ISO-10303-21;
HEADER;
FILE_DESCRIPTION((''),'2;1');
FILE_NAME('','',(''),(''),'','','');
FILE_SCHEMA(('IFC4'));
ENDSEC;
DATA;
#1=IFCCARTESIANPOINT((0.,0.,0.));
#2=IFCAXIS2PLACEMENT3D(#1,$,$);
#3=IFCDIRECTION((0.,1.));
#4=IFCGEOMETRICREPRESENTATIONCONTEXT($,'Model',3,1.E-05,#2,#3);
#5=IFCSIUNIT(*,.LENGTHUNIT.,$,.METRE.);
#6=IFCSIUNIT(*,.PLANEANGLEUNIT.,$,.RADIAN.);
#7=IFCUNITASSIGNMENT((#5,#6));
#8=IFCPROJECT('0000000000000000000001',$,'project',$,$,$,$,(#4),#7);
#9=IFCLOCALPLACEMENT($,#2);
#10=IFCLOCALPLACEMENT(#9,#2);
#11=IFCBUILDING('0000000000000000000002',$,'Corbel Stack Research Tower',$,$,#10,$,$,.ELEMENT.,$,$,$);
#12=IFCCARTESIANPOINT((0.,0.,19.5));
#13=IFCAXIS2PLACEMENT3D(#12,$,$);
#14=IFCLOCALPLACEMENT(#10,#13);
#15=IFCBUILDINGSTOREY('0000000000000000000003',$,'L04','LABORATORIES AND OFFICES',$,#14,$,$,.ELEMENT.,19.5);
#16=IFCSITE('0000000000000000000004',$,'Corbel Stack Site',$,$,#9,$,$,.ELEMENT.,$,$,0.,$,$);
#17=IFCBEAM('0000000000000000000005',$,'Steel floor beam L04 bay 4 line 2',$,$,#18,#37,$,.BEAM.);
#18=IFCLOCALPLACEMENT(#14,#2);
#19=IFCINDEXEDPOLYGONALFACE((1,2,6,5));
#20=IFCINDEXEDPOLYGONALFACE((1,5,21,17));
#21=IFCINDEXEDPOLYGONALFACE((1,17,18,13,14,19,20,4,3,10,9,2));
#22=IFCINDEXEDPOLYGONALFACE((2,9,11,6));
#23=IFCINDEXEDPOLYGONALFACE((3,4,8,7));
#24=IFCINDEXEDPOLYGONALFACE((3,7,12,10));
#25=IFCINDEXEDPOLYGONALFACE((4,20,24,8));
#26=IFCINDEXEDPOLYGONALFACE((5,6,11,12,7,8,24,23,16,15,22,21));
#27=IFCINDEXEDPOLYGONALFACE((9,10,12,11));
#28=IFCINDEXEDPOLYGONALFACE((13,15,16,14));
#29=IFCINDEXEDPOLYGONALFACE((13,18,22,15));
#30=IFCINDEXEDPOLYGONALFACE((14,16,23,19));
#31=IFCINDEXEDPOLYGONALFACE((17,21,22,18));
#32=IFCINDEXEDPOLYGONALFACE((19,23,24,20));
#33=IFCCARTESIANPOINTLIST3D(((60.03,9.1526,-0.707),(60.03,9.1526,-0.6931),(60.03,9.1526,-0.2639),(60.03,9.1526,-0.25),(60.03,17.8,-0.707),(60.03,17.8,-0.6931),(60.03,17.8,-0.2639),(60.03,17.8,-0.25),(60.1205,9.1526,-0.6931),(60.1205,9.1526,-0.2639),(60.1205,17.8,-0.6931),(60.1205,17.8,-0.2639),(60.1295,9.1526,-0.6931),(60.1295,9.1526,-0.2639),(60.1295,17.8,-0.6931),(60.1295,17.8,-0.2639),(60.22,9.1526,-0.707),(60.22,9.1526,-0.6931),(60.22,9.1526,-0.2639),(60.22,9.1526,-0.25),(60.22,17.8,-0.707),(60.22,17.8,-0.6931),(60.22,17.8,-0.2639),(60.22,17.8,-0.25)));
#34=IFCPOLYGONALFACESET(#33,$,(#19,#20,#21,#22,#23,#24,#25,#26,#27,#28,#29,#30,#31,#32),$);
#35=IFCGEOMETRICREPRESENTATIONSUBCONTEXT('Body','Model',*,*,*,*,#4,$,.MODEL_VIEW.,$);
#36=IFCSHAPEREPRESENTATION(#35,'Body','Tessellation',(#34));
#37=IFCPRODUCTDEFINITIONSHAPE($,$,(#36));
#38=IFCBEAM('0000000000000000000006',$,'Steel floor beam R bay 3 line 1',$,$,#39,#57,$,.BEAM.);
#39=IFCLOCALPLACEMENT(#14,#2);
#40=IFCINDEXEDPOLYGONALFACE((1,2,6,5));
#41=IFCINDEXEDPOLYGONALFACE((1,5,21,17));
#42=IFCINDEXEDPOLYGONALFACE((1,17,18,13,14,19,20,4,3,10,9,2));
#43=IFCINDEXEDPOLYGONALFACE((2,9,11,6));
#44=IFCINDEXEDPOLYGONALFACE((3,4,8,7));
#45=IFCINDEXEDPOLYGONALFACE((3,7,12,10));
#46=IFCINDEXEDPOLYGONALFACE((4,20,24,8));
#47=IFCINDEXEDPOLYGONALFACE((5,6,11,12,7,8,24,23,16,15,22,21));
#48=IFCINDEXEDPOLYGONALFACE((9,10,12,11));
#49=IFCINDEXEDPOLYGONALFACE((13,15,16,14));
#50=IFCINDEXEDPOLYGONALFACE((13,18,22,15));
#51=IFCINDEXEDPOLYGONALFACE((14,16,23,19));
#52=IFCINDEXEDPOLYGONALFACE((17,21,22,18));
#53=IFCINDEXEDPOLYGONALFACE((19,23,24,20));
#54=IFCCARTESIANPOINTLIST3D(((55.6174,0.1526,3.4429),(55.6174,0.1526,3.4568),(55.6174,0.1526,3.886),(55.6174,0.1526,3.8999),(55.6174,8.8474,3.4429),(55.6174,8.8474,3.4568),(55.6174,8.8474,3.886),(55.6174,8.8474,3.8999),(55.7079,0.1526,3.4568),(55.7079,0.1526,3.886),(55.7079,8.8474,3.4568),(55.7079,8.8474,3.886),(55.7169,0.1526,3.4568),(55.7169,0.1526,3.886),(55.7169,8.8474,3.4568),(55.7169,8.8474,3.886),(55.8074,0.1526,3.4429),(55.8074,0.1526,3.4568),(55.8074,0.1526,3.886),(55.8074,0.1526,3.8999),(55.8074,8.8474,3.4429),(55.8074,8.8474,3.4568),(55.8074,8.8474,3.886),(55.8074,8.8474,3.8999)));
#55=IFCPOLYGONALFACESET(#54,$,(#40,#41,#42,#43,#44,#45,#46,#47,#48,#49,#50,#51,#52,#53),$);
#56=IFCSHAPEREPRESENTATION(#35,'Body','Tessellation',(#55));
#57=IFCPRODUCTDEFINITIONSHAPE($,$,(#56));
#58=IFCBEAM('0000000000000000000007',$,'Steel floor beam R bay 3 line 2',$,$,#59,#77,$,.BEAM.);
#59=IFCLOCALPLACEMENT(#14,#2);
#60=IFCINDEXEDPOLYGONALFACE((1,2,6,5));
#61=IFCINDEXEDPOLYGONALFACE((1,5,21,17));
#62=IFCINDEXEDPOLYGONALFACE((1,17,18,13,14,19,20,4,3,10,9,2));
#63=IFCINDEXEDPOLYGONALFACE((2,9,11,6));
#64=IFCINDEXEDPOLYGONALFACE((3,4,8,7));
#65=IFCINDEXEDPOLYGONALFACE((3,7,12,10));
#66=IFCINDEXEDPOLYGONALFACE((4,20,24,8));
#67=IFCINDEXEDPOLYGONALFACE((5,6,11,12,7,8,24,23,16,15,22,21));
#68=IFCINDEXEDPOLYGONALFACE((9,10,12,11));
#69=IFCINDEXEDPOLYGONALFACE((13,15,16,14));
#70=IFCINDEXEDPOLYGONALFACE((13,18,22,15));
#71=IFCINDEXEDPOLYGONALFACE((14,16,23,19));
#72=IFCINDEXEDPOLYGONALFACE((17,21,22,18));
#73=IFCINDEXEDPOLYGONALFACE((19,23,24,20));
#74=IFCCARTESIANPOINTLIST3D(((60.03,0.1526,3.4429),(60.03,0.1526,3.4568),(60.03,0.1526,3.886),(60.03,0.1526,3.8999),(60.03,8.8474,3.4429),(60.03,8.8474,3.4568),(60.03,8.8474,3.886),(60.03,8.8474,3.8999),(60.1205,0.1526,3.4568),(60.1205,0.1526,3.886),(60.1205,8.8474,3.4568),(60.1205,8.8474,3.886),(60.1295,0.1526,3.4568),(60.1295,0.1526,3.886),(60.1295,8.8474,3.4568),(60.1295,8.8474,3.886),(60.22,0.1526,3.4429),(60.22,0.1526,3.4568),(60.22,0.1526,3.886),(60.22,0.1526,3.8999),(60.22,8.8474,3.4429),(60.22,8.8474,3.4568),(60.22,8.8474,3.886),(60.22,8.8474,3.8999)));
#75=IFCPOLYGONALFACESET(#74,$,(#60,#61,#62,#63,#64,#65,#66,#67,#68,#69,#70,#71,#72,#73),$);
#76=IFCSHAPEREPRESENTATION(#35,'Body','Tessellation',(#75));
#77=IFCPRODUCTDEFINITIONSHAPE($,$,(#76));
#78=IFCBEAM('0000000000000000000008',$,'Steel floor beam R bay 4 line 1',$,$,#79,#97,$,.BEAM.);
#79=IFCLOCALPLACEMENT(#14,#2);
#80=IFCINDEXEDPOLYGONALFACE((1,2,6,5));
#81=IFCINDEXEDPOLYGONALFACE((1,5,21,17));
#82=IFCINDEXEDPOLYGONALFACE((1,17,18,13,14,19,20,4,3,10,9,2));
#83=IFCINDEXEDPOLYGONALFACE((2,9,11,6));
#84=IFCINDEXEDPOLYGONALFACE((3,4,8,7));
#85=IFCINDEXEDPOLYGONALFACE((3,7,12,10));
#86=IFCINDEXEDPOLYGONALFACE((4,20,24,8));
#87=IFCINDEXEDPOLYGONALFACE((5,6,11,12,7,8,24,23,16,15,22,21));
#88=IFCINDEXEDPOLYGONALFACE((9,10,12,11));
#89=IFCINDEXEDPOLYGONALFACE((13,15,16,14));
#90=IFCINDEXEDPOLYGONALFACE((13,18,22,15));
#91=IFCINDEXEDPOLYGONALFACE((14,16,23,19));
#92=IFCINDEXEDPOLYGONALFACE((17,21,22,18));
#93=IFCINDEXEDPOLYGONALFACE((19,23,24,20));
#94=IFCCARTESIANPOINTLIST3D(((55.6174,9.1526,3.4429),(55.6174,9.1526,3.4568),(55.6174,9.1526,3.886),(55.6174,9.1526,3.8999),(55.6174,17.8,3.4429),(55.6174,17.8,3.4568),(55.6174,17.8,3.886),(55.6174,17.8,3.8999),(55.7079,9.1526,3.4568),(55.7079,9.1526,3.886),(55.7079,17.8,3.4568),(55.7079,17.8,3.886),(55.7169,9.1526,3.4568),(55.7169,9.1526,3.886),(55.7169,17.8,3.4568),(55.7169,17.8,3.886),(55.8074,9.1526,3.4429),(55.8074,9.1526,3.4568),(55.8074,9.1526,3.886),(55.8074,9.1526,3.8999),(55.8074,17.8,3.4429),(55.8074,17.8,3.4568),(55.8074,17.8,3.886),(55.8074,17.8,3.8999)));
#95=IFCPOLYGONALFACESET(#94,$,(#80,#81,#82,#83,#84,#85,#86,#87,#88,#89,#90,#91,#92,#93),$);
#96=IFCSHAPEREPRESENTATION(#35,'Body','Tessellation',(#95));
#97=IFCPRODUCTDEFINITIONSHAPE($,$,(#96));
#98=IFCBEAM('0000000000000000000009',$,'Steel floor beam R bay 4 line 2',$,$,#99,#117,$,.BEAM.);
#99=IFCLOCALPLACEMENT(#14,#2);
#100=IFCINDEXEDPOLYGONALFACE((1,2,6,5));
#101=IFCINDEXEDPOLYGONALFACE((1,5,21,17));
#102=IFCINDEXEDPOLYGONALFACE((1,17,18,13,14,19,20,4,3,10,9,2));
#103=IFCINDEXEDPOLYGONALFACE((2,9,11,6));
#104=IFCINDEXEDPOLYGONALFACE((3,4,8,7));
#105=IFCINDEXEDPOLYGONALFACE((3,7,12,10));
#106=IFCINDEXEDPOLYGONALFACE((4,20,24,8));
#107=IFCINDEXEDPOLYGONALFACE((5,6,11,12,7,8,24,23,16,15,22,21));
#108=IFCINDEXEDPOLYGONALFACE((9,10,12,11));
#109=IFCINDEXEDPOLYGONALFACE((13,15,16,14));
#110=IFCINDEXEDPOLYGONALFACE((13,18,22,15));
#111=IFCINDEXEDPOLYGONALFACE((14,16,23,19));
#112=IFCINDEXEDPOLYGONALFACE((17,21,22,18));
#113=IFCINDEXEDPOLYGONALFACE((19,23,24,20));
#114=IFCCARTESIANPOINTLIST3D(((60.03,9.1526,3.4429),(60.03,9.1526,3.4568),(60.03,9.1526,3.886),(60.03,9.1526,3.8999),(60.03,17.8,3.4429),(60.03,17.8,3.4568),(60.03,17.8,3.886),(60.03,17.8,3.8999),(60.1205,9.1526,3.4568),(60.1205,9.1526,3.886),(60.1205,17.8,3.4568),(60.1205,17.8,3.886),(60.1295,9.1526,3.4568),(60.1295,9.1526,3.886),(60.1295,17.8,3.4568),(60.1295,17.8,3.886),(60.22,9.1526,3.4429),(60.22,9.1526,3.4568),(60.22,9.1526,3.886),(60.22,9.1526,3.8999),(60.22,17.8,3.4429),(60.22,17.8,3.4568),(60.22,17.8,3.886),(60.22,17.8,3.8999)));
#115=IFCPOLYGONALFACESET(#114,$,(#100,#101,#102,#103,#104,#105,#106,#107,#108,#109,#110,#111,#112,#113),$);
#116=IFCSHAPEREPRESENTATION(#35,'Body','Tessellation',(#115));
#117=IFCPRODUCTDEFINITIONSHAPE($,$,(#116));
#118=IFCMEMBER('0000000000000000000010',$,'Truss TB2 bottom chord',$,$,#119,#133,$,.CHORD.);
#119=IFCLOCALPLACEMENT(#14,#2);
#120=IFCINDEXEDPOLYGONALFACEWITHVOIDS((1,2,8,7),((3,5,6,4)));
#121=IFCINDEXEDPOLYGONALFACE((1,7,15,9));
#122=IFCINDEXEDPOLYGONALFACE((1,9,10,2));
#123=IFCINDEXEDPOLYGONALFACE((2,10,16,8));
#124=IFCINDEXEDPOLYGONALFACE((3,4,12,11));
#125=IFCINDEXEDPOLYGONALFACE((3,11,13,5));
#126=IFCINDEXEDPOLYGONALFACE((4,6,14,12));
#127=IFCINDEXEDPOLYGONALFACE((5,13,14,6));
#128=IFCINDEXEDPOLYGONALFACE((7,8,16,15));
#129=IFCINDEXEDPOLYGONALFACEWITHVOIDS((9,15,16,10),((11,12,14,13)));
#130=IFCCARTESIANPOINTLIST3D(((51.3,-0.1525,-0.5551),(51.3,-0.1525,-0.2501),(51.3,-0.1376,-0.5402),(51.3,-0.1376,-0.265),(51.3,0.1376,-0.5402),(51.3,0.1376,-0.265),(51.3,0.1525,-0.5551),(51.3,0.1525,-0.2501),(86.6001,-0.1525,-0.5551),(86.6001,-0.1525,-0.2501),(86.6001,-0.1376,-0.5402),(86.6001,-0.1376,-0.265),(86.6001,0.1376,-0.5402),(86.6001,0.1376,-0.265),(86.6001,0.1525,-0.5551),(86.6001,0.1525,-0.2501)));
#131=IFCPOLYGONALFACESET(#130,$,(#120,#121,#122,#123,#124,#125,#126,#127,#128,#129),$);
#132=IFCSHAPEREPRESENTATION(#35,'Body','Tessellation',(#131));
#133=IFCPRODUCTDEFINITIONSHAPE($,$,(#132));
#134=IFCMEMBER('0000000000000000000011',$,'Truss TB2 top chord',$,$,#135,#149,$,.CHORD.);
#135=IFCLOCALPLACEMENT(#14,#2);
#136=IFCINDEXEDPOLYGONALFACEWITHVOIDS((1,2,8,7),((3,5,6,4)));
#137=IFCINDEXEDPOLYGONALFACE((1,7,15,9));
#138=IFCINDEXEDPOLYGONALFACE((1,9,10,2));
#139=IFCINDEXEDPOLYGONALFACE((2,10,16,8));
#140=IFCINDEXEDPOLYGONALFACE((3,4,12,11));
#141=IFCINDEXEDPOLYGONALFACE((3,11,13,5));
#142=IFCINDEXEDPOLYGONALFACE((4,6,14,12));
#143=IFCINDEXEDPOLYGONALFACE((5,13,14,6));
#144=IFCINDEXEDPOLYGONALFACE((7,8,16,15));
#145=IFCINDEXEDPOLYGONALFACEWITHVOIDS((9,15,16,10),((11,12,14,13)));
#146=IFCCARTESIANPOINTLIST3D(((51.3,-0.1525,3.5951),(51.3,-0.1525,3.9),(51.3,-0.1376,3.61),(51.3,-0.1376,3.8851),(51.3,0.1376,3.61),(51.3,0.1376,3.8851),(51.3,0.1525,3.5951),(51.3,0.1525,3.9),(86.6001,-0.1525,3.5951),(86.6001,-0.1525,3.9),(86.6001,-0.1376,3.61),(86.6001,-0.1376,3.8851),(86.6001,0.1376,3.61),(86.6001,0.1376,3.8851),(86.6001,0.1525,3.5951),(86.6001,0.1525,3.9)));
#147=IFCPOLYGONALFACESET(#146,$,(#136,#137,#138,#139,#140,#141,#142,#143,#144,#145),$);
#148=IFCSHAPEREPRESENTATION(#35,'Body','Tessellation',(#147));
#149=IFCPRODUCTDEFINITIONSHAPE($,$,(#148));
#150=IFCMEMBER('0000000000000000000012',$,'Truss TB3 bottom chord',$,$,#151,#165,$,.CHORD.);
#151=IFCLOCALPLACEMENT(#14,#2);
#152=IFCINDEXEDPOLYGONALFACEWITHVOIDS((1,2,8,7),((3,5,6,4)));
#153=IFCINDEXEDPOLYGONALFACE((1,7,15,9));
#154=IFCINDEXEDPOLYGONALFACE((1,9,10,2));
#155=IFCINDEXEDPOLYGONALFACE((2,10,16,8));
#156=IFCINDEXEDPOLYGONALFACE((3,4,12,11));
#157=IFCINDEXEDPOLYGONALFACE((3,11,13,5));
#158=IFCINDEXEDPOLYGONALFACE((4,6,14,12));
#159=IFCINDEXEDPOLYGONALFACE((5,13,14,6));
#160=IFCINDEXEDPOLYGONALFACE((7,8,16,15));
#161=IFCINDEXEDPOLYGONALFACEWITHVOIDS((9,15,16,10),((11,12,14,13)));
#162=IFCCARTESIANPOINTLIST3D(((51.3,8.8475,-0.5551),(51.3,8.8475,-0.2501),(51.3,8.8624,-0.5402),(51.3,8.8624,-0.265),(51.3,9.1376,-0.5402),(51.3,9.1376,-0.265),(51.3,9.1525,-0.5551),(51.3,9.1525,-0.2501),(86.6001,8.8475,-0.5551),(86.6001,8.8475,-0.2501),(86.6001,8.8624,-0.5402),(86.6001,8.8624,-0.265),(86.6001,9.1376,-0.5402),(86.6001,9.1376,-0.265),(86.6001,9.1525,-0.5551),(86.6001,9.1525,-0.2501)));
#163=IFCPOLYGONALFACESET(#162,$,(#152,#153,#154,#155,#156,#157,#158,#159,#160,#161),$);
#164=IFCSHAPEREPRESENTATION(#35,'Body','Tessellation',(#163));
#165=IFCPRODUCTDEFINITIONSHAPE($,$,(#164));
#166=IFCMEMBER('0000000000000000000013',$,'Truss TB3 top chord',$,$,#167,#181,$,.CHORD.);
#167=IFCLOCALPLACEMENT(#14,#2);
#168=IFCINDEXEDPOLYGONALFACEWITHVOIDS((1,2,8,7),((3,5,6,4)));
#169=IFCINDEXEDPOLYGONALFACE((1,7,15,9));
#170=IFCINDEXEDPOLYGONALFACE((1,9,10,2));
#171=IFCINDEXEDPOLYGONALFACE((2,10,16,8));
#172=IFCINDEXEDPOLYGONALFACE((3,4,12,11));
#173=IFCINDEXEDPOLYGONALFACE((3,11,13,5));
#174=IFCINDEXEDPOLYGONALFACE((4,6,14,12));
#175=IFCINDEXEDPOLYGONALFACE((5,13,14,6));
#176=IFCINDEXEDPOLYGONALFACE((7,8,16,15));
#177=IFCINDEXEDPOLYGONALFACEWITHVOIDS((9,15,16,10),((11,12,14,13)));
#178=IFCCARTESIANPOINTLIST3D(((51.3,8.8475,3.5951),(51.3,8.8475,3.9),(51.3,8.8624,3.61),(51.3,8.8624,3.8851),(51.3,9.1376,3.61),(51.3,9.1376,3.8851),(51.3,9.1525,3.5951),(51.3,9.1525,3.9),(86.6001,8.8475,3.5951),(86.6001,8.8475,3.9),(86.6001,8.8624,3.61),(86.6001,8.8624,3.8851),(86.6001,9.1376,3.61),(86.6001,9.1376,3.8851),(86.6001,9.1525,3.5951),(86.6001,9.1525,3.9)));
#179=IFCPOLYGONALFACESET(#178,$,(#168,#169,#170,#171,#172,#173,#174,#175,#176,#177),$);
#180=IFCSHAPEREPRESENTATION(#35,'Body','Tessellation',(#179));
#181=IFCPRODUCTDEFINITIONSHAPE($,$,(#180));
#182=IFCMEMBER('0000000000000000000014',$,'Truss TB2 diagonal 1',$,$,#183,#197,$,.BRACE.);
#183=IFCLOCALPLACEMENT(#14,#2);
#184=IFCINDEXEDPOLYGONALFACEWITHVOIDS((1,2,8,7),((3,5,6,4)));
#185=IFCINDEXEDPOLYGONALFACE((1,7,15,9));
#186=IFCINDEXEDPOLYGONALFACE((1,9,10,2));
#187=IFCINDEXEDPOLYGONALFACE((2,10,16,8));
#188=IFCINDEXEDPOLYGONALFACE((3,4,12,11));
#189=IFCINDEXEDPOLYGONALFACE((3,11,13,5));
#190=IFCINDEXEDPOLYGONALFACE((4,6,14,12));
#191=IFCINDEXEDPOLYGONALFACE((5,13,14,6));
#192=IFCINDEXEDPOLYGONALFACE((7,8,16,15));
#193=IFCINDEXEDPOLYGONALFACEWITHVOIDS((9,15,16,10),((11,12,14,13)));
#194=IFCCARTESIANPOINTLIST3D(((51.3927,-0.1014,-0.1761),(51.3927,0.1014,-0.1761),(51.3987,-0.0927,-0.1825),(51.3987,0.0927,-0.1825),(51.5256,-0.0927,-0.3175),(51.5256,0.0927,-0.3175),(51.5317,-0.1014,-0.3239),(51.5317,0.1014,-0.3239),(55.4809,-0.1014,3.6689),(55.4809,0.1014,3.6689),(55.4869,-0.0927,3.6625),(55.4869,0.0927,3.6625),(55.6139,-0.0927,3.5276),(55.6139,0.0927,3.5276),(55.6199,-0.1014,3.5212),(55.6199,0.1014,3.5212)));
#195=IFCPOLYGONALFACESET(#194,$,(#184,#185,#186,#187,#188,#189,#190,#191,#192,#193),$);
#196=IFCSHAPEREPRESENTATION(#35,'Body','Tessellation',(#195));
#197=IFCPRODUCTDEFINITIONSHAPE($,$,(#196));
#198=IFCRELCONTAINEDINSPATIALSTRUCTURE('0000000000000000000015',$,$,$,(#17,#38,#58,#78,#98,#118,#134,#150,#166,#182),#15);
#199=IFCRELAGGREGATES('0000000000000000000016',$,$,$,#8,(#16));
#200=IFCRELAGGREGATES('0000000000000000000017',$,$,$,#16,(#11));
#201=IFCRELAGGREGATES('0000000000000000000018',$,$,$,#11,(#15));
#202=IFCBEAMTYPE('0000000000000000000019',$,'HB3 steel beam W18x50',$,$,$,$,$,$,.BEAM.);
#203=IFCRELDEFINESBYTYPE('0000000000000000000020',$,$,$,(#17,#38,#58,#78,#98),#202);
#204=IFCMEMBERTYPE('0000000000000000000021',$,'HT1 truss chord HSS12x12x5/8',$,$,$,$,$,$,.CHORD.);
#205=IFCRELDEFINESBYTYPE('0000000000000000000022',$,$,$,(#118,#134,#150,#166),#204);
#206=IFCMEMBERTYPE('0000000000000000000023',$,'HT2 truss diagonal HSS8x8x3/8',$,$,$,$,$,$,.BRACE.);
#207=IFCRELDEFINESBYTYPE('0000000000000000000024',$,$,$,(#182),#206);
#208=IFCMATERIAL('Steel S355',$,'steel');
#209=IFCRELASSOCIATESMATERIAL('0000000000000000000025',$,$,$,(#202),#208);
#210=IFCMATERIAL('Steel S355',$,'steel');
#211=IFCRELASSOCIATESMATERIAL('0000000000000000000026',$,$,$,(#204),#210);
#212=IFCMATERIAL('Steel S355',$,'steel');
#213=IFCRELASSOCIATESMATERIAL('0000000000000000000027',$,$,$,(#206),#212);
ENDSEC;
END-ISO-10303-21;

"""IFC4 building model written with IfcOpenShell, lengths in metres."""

from ifc_helpers import new_model, si_unit, direction, frame, origin, origin_2d, place, context, subcontext, project, spatial, hollow_rectangle, i_section, extrude, material, material_profile, profile_set, type_object, element, save


model = new_model("IFC4")

# Units and contexts
model_context = context("Model", 3, precision=1e-05, world=origin(), true_north=direction((0.0, 1.0)))
body_context = subcontext(model_context, "Body", "Model", "MODEL_VIEW")
ifc_project = project(units=[si_unit("LENGTHUNIT", "METRE"), si_unit("PLANEANGLEUNIT", "RADIAN")], contexts=[model_context])

# Site, building, storey
site_placement = place(None, origin())
site = spatial("IfcSite", under=ifc_project, at=site_placement, Name="Corbel Stack Site", CompositionType="ELEMENT", RefElevation=0.0)
building_placement = place(site_placement, origin())
building = spatial("IfcBuilding", under=site, at=building_placement, Name="Corbel Stack Research Tower", CompositionType="ELEMENT")
storey_placement = place(building_placement, frame((0.0, 0.0, 19.5)))
storey = spatial("IfcBuildingStorey", under=building, at=storey_placement, Name="L04", Description="LABORATORIES AND OFFICES", CompositionType="ELEMENT", Elevation=19.5)

# Beams
ifc_material_1 = material(Name="Steel S355", Category="steel")
ifc_material_profile_1 = material_profile(ifc_material_1, i_section(OverallWidth=0.1899, OverallDepth=0.457, WebThickness=0.009, FlangeThickness=0.0139, at=origin_2d()), Name="W18x50")
ifc_profile_set_1 = profile_set([ifc_material_profile_1], Name="Steel S355")
beam_type_1 = type_object("IfcBeamType", Name="HB3 steel beam W18x50", PredefinedType="BEAM", material=ifc_profile_set_1)
for number, where, z_axis, x_axis, name in (
    (1, (60.125, 9.1526, -0.4785), (0.0, 1.0, 0.0), (-1.0, 0.0, 0.0), "Steel floor beam L04 bay 4 line 2"),
):
    element("IfcBeam", number, at=place(storey_placement, frame(where, z_axis=z_axis, x_axis=x_axis)), inside=storey, type_object=beam_type_1, Name=name, PredefinedType="BEAM", context=body_context, shape_type="SweptSolid", body=[
        extrude(i_section(OverallWidth=0.1899, OverallDepth=0.457, WebThickness=0.009, FlangeThickness=0.0139, at=origin_2d()), origin(), (0.0, 0.0, 1.0), 8.6475),
    ])
for number, where, z_axis, x_axis, name in (
    (2, (55.7124, 0.1526, 3.6714), (0.0, 1.0, 0.0), (-1.0, 0.0, 0.0), "Steel floor beam R bay 3 line 1"),
    (3, (60.125, 0.1526, 3.6714), (0.0, 1.0, 0.0), (-1.0, 0.0, 0.0), "Steel floor beam R bay 3 line 2"),
):
    element("IfcBeam", number, at=place(storey_placement, frame(where, z_axis=z_axis, x_axis=x_axis)), inside=storey, type_object=beam_type_1, Name=name, PredefinedType="BEAM", context=body_context, shape_type="SweptSolid", body=[
        extrude(i_section(OverallWidth=0.1899, OverallDepth=0.457, WebThickness=0.009, FlangeThickness=0.0139, at=origin_2d()), origin(), (0.0, 0.0, 1.0), 8.6948),
    ])
for number, where, z_axis, x_axis, name in (
    (4, (55.7124, 9.1526, 3.6714), (0.0, 1.0, 0.0), (-1.0, 0.0, 0.0), "Steel floor beam R bay 4 line 1"),
    (5, (60.125, 9.1526, 3.6714), (0.0, 1.0, 0.0), (-1.0, 0.0, 0.0), "Steel floor beam R bay 4 line 2"),
):
    element("IfcBeam", number, at=place(storey_placement, frame(where, z_axis=z_axis, x_axis=x_axis)), inside=storey, type_object=beam_type_1, Name=name, PredefinedType="BEAM", context=body_context, shape_type="SweptSolid", body=[
        extrude(i_section(OverallWidth=0.1899, OverallDepth=0.457, WebThickness=0.009, FlangeThickness=0.0139, at=origin_2d()), origin(), (0.0, 0.0, 1.0), 8.6475),
    ])

# Members
ifc_material_2 = material(Name="Steel S355", Category="steel")
ifc_material_profile_2 = material_profile(ifc_material_2, hollow_rectangle(XDim=0.3049, YDim=0.3049, WallThickness=0.0149, at=origin_2d()), Name="HSS12x12x5/8")
ifc_profile_set_2 = profile_set([ifc_material_profile_2], Name="Steel S355")
member_type_1 = type_object("IfcMemberType", Name="HT1 truss chord HSS12x12x5/8", PredefinedType="CHORD", material=ifc_profile_set_2)
for number, where, z_axis, x_axis, name in (
    (6, (51.3, 0.0, -0.4026), (1.0, 0.0, 0.0), (0.0, 1.0, 0.0), "Truss TB2 bottom chord"),
    (7, (51.3, 0.0, 3.7476), (1.0, 0.0, 0.0), (0.0, 1.0, 0.0), "Truss TB2 top chord"),
    (8, (51.3, 9.0, -0.4026), (1.0, 0.0, 0.0), (0.0, 1.0, 0.0), "Truss TB3 bottom chord"),
    (9, (51.3, 9.0, 3.7476), (1.0, 0.0, 0.0), (0.0, 1.0, 0.0), "Truss TB3 top chord"),
):
    element("IfcMember", number, at=place(storey_placement, frame(where, z_axis=z_axis, x_axis=x_axis)), inside=storey, type_object=member_type_1, Name=name, PredefinedType="CHORD", context=body_context, shape_type="SweptSolid", body=[
        extrude(hollow_rectangle(XDim=0.3049, YDim=0.3049, WallThickness=0.0149, at=origin_2d()), origin(), (0.0, 0.0, 1.0), 35.3),
    ])
ifc_material_3 = material(Name="Steel S355", Category="steel")
ifc_material_profile_3 = material_profile(ifc_material_3, hollow_rectangle(XDim=0.2029, YDim=0.2029, WallThickness=0.0088, at=origin_2d()), Name="HSS8x8x3/8")
ifc_profile_set_3 = profile_set([ifc_material_profile_3], Name="Steel S355")
member_type_2 = type_object("IfcMemberType", Name="HT2 truss diagonal HSS8x8x3/8", PredefinedType="BRACE", material=ifc_profile_set_3)
for number, where, z_axis, x_axis, name in (
    (10, (51.4622, 0.0, -0.25), (0.728439, 0.0, 0.685111), (0.0, 1.0, 0.0), "Truss TB2 diagonal 1"),
):
    element("IfcMember", number, at=place(storey_placement, frame(where, z_axis=z_axis, x_axis=x_axis)), inside=storey, type_object=member_type_2, Name=name, PredefinedType="BRACE", context=body_context, shape_type="SweptSolid", body=[
        extrude(hollow_rectangle(XDim=0.2029, YDim=0.2029, WallThickness=0.0088, at=origin_2d()), origin(), (0.0, 0.0, 1.0), 5.6123),
    ])

save(model, "model.ifc")
